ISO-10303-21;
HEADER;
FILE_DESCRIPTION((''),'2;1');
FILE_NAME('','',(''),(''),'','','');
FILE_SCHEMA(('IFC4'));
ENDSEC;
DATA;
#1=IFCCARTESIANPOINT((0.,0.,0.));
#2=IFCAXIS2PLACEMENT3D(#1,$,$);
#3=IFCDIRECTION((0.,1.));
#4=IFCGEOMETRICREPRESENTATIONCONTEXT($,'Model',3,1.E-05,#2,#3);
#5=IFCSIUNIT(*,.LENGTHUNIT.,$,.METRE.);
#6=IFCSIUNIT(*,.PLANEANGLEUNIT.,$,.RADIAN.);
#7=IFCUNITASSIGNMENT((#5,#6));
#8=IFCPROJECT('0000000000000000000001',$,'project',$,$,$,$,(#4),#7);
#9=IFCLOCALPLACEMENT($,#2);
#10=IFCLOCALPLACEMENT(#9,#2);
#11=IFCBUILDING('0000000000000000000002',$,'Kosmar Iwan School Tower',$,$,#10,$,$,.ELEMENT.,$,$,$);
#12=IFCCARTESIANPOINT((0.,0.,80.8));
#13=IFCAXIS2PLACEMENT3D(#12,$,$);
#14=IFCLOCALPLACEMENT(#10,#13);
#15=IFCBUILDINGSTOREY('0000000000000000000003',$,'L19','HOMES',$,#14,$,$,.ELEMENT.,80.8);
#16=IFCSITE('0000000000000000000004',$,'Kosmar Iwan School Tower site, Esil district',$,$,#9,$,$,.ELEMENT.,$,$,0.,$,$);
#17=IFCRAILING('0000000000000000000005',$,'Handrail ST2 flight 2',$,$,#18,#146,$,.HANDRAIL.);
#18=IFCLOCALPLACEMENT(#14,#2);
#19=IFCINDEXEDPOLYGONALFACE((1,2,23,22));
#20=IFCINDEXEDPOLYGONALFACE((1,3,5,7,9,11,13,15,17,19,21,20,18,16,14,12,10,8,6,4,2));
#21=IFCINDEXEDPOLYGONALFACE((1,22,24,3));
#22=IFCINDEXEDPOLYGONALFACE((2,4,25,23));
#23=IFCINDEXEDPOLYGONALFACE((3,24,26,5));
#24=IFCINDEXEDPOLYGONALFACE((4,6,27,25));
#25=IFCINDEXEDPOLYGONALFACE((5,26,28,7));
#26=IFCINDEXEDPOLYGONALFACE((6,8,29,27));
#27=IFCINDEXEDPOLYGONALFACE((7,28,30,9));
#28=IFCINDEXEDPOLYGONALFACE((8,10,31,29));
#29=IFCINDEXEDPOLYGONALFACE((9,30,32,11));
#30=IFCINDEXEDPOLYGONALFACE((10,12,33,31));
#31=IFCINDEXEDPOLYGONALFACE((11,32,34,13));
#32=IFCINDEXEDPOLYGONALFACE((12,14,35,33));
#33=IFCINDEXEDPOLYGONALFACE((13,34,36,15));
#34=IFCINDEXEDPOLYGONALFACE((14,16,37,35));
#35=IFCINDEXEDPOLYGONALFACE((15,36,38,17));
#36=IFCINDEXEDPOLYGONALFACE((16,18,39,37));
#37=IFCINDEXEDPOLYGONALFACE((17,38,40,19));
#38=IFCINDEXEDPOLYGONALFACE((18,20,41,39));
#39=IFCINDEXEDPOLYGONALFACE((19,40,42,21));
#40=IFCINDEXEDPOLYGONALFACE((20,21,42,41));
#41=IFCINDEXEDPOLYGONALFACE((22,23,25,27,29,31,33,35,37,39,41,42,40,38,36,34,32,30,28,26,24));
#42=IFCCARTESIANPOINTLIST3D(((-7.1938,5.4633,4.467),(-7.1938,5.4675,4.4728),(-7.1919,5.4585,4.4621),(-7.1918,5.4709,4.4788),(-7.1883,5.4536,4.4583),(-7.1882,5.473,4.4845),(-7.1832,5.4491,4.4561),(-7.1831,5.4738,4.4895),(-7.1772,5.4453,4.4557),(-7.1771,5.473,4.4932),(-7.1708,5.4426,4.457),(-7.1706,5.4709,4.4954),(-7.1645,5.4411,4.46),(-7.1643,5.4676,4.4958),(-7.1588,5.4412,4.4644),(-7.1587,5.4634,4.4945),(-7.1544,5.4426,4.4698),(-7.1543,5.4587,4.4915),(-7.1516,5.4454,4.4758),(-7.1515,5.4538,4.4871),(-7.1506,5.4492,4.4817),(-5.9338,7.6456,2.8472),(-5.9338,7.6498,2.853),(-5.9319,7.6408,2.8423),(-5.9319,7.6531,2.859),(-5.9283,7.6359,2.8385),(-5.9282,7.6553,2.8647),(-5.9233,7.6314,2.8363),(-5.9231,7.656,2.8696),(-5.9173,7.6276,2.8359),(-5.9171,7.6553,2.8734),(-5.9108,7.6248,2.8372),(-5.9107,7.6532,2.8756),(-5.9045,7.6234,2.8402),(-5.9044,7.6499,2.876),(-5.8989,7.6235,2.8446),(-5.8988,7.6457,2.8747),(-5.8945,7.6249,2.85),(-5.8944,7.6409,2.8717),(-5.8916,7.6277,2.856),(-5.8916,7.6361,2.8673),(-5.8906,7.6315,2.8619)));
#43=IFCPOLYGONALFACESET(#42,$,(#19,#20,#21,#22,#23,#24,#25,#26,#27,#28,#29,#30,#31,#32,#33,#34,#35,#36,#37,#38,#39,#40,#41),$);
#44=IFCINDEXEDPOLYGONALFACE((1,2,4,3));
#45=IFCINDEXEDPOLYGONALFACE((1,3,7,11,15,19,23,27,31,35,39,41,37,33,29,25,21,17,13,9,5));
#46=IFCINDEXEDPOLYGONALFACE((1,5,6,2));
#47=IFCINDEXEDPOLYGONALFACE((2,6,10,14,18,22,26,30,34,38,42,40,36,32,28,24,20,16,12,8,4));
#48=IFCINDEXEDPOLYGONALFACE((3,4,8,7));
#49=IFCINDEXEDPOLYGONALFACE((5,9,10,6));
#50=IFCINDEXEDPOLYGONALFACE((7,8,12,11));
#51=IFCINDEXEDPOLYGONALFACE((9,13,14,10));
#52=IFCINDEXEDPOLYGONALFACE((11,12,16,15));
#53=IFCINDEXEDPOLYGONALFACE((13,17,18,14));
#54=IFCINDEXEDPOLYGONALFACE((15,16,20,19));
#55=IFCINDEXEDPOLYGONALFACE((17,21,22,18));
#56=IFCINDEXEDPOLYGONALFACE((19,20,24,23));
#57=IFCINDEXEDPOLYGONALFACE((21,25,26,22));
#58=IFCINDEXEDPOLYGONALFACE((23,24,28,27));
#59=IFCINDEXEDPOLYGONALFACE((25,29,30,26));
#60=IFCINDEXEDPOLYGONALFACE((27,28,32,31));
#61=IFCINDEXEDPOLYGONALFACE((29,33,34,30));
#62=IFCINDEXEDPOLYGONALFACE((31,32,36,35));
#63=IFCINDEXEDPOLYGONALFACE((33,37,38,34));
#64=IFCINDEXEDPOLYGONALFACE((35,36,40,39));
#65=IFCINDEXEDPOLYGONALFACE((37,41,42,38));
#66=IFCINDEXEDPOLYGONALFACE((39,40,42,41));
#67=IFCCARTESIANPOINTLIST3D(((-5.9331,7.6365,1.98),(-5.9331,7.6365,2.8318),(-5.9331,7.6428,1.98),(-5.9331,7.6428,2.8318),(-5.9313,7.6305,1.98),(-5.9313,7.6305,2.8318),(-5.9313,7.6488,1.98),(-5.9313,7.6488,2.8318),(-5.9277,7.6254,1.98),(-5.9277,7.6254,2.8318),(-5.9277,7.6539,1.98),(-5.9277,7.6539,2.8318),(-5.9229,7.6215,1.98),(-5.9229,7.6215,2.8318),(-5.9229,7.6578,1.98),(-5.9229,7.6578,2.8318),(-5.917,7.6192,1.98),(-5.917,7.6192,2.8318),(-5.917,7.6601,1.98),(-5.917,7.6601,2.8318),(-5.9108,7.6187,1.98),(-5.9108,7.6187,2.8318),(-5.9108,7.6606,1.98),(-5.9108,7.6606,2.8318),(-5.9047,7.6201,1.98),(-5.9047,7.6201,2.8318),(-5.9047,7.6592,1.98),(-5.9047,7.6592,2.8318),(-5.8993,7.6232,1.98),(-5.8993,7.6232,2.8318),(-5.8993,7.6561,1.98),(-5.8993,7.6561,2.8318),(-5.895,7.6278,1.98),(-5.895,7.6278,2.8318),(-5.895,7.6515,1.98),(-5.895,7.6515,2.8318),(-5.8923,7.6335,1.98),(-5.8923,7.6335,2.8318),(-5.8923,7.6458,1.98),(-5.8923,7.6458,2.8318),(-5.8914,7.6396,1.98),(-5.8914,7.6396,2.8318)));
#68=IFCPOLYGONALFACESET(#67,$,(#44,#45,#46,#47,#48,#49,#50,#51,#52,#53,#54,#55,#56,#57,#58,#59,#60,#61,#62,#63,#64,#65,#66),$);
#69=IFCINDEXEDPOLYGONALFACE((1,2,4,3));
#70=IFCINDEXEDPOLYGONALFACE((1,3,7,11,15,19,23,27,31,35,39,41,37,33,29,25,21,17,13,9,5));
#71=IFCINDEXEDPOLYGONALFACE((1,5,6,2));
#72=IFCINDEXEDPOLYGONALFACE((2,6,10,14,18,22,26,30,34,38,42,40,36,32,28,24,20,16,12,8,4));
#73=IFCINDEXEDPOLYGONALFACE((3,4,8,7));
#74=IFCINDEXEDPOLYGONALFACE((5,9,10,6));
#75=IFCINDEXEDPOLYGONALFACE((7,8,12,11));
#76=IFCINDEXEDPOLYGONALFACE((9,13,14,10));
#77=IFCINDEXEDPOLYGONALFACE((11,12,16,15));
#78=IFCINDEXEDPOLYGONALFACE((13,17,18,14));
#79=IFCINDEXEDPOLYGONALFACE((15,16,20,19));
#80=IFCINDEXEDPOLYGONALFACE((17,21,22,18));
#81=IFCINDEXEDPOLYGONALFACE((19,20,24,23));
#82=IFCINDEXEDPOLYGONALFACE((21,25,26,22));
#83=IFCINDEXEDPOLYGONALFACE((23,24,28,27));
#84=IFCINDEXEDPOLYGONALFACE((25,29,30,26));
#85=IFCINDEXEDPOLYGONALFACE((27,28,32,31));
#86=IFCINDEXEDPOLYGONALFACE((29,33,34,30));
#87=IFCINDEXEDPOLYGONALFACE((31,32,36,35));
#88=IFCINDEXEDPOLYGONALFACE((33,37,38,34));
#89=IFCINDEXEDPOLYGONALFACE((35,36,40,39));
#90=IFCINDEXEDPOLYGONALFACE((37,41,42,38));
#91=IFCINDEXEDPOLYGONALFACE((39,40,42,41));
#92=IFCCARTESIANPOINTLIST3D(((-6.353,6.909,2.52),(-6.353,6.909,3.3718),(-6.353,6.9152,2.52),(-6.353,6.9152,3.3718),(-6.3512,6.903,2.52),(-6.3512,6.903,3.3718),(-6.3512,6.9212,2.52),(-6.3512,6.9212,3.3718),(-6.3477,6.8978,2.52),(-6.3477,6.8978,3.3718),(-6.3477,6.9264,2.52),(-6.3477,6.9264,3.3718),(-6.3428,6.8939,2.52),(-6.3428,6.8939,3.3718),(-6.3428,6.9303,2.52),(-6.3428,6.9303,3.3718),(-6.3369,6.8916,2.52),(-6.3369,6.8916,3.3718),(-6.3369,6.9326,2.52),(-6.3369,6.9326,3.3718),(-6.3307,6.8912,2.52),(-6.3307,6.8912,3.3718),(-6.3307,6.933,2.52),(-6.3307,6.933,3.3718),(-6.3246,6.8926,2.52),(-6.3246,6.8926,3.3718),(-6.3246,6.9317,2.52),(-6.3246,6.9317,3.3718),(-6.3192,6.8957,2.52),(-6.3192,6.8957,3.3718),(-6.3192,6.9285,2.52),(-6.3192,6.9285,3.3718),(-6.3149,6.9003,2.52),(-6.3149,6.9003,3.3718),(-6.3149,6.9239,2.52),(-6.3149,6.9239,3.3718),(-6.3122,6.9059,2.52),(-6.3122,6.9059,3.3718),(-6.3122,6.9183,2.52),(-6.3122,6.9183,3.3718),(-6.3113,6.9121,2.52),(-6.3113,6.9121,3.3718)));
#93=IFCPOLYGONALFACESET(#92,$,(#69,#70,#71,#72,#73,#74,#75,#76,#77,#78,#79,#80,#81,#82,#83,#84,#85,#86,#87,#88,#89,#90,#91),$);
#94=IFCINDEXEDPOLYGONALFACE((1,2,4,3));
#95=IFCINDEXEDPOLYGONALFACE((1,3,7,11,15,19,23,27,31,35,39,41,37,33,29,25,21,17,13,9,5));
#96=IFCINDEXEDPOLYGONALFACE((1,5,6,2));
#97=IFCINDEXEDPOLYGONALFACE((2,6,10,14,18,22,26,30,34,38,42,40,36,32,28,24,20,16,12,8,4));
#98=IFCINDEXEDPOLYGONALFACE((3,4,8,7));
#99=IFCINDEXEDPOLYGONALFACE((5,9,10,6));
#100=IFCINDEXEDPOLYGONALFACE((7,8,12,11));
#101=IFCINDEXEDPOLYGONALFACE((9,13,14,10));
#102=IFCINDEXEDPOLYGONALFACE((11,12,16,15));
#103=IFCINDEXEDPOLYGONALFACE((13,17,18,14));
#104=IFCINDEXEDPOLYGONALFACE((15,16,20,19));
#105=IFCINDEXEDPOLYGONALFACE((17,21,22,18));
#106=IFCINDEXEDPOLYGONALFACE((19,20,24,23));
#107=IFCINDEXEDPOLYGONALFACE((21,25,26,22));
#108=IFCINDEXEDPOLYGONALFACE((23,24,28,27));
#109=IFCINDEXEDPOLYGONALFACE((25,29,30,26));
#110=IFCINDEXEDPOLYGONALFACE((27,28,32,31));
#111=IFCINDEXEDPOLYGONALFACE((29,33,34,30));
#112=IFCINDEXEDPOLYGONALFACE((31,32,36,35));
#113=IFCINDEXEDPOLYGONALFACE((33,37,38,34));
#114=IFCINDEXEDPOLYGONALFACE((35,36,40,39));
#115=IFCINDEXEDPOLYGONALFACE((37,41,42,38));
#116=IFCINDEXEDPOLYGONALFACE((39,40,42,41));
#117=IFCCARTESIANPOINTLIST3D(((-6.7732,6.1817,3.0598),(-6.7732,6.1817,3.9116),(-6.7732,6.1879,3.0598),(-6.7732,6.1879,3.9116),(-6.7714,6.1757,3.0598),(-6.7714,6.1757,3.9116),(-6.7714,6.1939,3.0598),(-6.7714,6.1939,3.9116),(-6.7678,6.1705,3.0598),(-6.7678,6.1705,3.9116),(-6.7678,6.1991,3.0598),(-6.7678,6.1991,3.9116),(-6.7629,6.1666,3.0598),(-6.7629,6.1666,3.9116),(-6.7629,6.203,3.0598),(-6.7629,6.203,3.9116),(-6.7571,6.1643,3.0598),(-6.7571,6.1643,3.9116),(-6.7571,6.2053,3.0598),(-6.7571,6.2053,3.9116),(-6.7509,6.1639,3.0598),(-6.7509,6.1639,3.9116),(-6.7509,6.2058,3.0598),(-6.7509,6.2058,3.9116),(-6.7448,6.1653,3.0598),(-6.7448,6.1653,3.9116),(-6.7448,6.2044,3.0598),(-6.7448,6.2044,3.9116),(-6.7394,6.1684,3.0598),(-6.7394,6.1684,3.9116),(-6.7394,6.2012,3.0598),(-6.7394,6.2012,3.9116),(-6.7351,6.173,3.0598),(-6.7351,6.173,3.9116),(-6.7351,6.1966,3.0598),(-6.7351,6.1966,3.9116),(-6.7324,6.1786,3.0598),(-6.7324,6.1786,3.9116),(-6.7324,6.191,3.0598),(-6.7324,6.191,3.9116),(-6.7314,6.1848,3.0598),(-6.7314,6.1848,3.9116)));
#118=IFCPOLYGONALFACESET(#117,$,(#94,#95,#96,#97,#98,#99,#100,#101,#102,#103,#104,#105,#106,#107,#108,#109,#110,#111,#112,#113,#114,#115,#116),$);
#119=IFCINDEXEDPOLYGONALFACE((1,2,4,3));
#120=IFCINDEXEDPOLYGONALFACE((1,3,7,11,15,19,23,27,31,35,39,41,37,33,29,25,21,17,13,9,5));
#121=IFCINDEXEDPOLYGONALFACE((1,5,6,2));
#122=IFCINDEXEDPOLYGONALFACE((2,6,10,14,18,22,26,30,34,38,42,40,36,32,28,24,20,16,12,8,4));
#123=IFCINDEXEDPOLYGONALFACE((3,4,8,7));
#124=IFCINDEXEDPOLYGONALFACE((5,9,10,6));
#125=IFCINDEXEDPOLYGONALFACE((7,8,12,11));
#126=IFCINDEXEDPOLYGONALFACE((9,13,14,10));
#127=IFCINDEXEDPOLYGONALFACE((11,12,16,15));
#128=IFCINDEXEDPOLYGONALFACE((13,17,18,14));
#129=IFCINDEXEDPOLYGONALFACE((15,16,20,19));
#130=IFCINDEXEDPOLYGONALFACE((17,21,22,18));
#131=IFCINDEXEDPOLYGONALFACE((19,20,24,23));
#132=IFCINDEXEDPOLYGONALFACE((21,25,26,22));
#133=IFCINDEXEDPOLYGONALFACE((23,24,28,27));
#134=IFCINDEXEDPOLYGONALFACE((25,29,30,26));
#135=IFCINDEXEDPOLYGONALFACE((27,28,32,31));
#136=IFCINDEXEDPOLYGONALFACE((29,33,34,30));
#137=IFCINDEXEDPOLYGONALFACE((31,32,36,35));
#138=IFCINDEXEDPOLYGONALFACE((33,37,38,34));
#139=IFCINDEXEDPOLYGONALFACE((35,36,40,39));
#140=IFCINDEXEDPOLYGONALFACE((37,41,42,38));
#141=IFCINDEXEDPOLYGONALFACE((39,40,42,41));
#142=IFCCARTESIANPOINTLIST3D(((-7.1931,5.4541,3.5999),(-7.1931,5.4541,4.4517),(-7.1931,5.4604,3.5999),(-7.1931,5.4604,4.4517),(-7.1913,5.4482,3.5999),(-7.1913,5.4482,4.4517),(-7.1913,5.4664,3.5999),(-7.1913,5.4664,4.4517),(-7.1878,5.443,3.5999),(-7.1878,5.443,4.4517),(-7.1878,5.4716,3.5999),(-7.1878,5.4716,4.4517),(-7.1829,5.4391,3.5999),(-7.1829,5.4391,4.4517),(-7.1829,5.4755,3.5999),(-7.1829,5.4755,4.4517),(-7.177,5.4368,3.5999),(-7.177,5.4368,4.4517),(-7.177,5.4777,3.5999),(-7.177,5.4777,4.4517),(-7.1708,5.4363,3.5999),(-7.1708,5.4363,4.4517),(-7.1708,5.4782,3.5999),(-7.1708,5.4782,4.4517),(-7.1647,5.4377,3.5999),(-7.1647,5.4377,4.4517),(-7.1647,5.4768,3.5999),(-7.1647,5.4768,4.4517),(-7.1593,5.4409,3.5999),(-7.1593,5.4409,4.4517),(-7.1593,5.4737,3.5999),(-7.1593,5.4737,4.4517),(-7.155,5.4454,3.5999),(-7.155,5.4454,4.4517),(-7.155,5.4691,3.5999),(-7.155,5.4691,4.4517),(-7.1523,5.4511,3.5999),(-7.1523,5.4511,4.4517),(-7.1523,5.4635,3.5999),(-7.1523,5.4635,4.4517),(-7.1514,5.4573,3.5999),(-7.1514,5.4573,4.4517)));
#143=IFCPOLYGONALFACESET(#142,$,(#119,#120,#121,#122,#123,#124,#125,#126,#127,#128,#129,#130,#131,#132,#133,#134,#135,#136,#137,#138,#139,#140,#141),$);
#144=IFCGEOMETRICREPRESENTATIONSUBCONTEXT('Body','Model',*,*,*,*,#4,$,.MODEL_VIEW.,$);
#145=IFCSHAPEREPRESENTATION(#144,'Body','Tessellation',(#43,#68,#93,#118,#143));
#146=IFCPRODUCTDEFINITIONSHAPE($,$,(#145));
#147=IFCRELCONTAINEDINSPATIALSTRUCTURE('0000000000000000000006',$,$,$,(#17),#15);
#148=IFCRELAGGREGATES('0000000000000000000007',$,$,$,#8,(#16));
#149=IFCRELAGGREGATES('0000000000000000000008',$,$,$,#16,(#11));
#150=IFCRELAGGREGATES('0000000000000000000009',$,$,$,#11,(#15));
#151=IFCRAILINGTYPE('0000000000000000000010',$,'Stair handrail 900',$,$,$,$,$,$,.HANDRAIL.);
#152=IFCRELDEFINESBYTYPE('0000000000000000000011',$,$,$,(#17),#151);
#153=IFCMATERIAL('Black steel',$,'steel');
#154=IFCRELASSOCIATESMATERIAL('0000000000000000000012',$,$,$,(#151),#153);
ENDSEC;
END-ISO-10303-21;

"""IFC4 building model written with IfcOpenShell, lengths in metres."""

from ifc_helpers import new_model, si_unit, direction, frame, origin, origin_2d, place, context, subcontext, project, spatial, circle, extrude, material, type_object, element, save


model = new_model("IFC4")

# Units and contexts
model_context = context("Model", 3, precision=1e-05, world=origin(), true_north=direction((0.0, 1.0)))
body_context = subcontext(model_context, "Body", "Model", "MODEL_VIEW")
ifc_project = project(units=[si_unit("LENGTHUNIT", "METRE"), si_unit("PLANEANGLEUNIT", "RADIAN")], contexts=[model_context])

# Site, building, storey
site_placement = place(None, origin())
site = spatial("IfcSite", under=ifc_project, at=site_placement, Name="Kosmar Iwan School Tower site, Esil district", CompositionType="ELEMENT", RefElevation=0.0)
building_placement = place(site_placement, origin())
building = spatial("IfcBuilding", under=site, at=building_placement, Name="Kosmar Iwan School Tower", CompositionType="ELEMENT")
storey_placement = place(building_placement, frame((0.0, 0.0, 80.8)))
storey = spatial("IfcBuildingStorey", under=building, at=storey_placement, Name="L19", Description="HOMES", CompositionType="ELEMENT", Elevation=80.8)

# Railing
ifc_material_1 = material(Name="Black steel", Category="steel")
railing_type = type_object("IfcRailingType", Name="Stair handrail 900", PredefinedType="HANDRAIL", material=ifc_material_1)
railing_1_placement = place(storey_placement, frame((-5.9124, 7.6396, 1.98)))
element("IfcRailing", 1, at=railing_1_placement, inside=storey, type_object=railing_type, Name="Handrail ST2 flight 2", PredefinedType="HANDRAIL", context=body_context, shape_type="SweptSolid", body=[
    extrude(circle(Radius=0.0239, at=origin_2d()), frame((0.0, 0.0, 0.876), z_axis=(-0.420603, -0.728496, 0.540728), x_axis=(0.866023, -0.500005, 0.0)), (0.0, 0.0, 1.0), 2.9956),
    extrude(circle(Radius=0.021, at=origin_2d()), origin(), (0.0, 0.0, 1.0), 0.8518),
    extrude(circle(Radius=0.021, at=origin_2d()), frame((-0.4199, -0.7275, 0.54)), (0.0, 0.0, 1.0), 0.8518),
    extrude(circle(Radius=0.021, at=origin_2d()), frame((-0.8401, -1.4548, 1.0798)), (0.0, 0.0, 1.0), 0.8518),
    extrude(circle(Radius=0.021, at=origin_2d()), frame((-1.26, -2.1824, 1.6199)), (0.0, 0.0, 1.0), 0.8518),
])

save(model, "model.ifc")
